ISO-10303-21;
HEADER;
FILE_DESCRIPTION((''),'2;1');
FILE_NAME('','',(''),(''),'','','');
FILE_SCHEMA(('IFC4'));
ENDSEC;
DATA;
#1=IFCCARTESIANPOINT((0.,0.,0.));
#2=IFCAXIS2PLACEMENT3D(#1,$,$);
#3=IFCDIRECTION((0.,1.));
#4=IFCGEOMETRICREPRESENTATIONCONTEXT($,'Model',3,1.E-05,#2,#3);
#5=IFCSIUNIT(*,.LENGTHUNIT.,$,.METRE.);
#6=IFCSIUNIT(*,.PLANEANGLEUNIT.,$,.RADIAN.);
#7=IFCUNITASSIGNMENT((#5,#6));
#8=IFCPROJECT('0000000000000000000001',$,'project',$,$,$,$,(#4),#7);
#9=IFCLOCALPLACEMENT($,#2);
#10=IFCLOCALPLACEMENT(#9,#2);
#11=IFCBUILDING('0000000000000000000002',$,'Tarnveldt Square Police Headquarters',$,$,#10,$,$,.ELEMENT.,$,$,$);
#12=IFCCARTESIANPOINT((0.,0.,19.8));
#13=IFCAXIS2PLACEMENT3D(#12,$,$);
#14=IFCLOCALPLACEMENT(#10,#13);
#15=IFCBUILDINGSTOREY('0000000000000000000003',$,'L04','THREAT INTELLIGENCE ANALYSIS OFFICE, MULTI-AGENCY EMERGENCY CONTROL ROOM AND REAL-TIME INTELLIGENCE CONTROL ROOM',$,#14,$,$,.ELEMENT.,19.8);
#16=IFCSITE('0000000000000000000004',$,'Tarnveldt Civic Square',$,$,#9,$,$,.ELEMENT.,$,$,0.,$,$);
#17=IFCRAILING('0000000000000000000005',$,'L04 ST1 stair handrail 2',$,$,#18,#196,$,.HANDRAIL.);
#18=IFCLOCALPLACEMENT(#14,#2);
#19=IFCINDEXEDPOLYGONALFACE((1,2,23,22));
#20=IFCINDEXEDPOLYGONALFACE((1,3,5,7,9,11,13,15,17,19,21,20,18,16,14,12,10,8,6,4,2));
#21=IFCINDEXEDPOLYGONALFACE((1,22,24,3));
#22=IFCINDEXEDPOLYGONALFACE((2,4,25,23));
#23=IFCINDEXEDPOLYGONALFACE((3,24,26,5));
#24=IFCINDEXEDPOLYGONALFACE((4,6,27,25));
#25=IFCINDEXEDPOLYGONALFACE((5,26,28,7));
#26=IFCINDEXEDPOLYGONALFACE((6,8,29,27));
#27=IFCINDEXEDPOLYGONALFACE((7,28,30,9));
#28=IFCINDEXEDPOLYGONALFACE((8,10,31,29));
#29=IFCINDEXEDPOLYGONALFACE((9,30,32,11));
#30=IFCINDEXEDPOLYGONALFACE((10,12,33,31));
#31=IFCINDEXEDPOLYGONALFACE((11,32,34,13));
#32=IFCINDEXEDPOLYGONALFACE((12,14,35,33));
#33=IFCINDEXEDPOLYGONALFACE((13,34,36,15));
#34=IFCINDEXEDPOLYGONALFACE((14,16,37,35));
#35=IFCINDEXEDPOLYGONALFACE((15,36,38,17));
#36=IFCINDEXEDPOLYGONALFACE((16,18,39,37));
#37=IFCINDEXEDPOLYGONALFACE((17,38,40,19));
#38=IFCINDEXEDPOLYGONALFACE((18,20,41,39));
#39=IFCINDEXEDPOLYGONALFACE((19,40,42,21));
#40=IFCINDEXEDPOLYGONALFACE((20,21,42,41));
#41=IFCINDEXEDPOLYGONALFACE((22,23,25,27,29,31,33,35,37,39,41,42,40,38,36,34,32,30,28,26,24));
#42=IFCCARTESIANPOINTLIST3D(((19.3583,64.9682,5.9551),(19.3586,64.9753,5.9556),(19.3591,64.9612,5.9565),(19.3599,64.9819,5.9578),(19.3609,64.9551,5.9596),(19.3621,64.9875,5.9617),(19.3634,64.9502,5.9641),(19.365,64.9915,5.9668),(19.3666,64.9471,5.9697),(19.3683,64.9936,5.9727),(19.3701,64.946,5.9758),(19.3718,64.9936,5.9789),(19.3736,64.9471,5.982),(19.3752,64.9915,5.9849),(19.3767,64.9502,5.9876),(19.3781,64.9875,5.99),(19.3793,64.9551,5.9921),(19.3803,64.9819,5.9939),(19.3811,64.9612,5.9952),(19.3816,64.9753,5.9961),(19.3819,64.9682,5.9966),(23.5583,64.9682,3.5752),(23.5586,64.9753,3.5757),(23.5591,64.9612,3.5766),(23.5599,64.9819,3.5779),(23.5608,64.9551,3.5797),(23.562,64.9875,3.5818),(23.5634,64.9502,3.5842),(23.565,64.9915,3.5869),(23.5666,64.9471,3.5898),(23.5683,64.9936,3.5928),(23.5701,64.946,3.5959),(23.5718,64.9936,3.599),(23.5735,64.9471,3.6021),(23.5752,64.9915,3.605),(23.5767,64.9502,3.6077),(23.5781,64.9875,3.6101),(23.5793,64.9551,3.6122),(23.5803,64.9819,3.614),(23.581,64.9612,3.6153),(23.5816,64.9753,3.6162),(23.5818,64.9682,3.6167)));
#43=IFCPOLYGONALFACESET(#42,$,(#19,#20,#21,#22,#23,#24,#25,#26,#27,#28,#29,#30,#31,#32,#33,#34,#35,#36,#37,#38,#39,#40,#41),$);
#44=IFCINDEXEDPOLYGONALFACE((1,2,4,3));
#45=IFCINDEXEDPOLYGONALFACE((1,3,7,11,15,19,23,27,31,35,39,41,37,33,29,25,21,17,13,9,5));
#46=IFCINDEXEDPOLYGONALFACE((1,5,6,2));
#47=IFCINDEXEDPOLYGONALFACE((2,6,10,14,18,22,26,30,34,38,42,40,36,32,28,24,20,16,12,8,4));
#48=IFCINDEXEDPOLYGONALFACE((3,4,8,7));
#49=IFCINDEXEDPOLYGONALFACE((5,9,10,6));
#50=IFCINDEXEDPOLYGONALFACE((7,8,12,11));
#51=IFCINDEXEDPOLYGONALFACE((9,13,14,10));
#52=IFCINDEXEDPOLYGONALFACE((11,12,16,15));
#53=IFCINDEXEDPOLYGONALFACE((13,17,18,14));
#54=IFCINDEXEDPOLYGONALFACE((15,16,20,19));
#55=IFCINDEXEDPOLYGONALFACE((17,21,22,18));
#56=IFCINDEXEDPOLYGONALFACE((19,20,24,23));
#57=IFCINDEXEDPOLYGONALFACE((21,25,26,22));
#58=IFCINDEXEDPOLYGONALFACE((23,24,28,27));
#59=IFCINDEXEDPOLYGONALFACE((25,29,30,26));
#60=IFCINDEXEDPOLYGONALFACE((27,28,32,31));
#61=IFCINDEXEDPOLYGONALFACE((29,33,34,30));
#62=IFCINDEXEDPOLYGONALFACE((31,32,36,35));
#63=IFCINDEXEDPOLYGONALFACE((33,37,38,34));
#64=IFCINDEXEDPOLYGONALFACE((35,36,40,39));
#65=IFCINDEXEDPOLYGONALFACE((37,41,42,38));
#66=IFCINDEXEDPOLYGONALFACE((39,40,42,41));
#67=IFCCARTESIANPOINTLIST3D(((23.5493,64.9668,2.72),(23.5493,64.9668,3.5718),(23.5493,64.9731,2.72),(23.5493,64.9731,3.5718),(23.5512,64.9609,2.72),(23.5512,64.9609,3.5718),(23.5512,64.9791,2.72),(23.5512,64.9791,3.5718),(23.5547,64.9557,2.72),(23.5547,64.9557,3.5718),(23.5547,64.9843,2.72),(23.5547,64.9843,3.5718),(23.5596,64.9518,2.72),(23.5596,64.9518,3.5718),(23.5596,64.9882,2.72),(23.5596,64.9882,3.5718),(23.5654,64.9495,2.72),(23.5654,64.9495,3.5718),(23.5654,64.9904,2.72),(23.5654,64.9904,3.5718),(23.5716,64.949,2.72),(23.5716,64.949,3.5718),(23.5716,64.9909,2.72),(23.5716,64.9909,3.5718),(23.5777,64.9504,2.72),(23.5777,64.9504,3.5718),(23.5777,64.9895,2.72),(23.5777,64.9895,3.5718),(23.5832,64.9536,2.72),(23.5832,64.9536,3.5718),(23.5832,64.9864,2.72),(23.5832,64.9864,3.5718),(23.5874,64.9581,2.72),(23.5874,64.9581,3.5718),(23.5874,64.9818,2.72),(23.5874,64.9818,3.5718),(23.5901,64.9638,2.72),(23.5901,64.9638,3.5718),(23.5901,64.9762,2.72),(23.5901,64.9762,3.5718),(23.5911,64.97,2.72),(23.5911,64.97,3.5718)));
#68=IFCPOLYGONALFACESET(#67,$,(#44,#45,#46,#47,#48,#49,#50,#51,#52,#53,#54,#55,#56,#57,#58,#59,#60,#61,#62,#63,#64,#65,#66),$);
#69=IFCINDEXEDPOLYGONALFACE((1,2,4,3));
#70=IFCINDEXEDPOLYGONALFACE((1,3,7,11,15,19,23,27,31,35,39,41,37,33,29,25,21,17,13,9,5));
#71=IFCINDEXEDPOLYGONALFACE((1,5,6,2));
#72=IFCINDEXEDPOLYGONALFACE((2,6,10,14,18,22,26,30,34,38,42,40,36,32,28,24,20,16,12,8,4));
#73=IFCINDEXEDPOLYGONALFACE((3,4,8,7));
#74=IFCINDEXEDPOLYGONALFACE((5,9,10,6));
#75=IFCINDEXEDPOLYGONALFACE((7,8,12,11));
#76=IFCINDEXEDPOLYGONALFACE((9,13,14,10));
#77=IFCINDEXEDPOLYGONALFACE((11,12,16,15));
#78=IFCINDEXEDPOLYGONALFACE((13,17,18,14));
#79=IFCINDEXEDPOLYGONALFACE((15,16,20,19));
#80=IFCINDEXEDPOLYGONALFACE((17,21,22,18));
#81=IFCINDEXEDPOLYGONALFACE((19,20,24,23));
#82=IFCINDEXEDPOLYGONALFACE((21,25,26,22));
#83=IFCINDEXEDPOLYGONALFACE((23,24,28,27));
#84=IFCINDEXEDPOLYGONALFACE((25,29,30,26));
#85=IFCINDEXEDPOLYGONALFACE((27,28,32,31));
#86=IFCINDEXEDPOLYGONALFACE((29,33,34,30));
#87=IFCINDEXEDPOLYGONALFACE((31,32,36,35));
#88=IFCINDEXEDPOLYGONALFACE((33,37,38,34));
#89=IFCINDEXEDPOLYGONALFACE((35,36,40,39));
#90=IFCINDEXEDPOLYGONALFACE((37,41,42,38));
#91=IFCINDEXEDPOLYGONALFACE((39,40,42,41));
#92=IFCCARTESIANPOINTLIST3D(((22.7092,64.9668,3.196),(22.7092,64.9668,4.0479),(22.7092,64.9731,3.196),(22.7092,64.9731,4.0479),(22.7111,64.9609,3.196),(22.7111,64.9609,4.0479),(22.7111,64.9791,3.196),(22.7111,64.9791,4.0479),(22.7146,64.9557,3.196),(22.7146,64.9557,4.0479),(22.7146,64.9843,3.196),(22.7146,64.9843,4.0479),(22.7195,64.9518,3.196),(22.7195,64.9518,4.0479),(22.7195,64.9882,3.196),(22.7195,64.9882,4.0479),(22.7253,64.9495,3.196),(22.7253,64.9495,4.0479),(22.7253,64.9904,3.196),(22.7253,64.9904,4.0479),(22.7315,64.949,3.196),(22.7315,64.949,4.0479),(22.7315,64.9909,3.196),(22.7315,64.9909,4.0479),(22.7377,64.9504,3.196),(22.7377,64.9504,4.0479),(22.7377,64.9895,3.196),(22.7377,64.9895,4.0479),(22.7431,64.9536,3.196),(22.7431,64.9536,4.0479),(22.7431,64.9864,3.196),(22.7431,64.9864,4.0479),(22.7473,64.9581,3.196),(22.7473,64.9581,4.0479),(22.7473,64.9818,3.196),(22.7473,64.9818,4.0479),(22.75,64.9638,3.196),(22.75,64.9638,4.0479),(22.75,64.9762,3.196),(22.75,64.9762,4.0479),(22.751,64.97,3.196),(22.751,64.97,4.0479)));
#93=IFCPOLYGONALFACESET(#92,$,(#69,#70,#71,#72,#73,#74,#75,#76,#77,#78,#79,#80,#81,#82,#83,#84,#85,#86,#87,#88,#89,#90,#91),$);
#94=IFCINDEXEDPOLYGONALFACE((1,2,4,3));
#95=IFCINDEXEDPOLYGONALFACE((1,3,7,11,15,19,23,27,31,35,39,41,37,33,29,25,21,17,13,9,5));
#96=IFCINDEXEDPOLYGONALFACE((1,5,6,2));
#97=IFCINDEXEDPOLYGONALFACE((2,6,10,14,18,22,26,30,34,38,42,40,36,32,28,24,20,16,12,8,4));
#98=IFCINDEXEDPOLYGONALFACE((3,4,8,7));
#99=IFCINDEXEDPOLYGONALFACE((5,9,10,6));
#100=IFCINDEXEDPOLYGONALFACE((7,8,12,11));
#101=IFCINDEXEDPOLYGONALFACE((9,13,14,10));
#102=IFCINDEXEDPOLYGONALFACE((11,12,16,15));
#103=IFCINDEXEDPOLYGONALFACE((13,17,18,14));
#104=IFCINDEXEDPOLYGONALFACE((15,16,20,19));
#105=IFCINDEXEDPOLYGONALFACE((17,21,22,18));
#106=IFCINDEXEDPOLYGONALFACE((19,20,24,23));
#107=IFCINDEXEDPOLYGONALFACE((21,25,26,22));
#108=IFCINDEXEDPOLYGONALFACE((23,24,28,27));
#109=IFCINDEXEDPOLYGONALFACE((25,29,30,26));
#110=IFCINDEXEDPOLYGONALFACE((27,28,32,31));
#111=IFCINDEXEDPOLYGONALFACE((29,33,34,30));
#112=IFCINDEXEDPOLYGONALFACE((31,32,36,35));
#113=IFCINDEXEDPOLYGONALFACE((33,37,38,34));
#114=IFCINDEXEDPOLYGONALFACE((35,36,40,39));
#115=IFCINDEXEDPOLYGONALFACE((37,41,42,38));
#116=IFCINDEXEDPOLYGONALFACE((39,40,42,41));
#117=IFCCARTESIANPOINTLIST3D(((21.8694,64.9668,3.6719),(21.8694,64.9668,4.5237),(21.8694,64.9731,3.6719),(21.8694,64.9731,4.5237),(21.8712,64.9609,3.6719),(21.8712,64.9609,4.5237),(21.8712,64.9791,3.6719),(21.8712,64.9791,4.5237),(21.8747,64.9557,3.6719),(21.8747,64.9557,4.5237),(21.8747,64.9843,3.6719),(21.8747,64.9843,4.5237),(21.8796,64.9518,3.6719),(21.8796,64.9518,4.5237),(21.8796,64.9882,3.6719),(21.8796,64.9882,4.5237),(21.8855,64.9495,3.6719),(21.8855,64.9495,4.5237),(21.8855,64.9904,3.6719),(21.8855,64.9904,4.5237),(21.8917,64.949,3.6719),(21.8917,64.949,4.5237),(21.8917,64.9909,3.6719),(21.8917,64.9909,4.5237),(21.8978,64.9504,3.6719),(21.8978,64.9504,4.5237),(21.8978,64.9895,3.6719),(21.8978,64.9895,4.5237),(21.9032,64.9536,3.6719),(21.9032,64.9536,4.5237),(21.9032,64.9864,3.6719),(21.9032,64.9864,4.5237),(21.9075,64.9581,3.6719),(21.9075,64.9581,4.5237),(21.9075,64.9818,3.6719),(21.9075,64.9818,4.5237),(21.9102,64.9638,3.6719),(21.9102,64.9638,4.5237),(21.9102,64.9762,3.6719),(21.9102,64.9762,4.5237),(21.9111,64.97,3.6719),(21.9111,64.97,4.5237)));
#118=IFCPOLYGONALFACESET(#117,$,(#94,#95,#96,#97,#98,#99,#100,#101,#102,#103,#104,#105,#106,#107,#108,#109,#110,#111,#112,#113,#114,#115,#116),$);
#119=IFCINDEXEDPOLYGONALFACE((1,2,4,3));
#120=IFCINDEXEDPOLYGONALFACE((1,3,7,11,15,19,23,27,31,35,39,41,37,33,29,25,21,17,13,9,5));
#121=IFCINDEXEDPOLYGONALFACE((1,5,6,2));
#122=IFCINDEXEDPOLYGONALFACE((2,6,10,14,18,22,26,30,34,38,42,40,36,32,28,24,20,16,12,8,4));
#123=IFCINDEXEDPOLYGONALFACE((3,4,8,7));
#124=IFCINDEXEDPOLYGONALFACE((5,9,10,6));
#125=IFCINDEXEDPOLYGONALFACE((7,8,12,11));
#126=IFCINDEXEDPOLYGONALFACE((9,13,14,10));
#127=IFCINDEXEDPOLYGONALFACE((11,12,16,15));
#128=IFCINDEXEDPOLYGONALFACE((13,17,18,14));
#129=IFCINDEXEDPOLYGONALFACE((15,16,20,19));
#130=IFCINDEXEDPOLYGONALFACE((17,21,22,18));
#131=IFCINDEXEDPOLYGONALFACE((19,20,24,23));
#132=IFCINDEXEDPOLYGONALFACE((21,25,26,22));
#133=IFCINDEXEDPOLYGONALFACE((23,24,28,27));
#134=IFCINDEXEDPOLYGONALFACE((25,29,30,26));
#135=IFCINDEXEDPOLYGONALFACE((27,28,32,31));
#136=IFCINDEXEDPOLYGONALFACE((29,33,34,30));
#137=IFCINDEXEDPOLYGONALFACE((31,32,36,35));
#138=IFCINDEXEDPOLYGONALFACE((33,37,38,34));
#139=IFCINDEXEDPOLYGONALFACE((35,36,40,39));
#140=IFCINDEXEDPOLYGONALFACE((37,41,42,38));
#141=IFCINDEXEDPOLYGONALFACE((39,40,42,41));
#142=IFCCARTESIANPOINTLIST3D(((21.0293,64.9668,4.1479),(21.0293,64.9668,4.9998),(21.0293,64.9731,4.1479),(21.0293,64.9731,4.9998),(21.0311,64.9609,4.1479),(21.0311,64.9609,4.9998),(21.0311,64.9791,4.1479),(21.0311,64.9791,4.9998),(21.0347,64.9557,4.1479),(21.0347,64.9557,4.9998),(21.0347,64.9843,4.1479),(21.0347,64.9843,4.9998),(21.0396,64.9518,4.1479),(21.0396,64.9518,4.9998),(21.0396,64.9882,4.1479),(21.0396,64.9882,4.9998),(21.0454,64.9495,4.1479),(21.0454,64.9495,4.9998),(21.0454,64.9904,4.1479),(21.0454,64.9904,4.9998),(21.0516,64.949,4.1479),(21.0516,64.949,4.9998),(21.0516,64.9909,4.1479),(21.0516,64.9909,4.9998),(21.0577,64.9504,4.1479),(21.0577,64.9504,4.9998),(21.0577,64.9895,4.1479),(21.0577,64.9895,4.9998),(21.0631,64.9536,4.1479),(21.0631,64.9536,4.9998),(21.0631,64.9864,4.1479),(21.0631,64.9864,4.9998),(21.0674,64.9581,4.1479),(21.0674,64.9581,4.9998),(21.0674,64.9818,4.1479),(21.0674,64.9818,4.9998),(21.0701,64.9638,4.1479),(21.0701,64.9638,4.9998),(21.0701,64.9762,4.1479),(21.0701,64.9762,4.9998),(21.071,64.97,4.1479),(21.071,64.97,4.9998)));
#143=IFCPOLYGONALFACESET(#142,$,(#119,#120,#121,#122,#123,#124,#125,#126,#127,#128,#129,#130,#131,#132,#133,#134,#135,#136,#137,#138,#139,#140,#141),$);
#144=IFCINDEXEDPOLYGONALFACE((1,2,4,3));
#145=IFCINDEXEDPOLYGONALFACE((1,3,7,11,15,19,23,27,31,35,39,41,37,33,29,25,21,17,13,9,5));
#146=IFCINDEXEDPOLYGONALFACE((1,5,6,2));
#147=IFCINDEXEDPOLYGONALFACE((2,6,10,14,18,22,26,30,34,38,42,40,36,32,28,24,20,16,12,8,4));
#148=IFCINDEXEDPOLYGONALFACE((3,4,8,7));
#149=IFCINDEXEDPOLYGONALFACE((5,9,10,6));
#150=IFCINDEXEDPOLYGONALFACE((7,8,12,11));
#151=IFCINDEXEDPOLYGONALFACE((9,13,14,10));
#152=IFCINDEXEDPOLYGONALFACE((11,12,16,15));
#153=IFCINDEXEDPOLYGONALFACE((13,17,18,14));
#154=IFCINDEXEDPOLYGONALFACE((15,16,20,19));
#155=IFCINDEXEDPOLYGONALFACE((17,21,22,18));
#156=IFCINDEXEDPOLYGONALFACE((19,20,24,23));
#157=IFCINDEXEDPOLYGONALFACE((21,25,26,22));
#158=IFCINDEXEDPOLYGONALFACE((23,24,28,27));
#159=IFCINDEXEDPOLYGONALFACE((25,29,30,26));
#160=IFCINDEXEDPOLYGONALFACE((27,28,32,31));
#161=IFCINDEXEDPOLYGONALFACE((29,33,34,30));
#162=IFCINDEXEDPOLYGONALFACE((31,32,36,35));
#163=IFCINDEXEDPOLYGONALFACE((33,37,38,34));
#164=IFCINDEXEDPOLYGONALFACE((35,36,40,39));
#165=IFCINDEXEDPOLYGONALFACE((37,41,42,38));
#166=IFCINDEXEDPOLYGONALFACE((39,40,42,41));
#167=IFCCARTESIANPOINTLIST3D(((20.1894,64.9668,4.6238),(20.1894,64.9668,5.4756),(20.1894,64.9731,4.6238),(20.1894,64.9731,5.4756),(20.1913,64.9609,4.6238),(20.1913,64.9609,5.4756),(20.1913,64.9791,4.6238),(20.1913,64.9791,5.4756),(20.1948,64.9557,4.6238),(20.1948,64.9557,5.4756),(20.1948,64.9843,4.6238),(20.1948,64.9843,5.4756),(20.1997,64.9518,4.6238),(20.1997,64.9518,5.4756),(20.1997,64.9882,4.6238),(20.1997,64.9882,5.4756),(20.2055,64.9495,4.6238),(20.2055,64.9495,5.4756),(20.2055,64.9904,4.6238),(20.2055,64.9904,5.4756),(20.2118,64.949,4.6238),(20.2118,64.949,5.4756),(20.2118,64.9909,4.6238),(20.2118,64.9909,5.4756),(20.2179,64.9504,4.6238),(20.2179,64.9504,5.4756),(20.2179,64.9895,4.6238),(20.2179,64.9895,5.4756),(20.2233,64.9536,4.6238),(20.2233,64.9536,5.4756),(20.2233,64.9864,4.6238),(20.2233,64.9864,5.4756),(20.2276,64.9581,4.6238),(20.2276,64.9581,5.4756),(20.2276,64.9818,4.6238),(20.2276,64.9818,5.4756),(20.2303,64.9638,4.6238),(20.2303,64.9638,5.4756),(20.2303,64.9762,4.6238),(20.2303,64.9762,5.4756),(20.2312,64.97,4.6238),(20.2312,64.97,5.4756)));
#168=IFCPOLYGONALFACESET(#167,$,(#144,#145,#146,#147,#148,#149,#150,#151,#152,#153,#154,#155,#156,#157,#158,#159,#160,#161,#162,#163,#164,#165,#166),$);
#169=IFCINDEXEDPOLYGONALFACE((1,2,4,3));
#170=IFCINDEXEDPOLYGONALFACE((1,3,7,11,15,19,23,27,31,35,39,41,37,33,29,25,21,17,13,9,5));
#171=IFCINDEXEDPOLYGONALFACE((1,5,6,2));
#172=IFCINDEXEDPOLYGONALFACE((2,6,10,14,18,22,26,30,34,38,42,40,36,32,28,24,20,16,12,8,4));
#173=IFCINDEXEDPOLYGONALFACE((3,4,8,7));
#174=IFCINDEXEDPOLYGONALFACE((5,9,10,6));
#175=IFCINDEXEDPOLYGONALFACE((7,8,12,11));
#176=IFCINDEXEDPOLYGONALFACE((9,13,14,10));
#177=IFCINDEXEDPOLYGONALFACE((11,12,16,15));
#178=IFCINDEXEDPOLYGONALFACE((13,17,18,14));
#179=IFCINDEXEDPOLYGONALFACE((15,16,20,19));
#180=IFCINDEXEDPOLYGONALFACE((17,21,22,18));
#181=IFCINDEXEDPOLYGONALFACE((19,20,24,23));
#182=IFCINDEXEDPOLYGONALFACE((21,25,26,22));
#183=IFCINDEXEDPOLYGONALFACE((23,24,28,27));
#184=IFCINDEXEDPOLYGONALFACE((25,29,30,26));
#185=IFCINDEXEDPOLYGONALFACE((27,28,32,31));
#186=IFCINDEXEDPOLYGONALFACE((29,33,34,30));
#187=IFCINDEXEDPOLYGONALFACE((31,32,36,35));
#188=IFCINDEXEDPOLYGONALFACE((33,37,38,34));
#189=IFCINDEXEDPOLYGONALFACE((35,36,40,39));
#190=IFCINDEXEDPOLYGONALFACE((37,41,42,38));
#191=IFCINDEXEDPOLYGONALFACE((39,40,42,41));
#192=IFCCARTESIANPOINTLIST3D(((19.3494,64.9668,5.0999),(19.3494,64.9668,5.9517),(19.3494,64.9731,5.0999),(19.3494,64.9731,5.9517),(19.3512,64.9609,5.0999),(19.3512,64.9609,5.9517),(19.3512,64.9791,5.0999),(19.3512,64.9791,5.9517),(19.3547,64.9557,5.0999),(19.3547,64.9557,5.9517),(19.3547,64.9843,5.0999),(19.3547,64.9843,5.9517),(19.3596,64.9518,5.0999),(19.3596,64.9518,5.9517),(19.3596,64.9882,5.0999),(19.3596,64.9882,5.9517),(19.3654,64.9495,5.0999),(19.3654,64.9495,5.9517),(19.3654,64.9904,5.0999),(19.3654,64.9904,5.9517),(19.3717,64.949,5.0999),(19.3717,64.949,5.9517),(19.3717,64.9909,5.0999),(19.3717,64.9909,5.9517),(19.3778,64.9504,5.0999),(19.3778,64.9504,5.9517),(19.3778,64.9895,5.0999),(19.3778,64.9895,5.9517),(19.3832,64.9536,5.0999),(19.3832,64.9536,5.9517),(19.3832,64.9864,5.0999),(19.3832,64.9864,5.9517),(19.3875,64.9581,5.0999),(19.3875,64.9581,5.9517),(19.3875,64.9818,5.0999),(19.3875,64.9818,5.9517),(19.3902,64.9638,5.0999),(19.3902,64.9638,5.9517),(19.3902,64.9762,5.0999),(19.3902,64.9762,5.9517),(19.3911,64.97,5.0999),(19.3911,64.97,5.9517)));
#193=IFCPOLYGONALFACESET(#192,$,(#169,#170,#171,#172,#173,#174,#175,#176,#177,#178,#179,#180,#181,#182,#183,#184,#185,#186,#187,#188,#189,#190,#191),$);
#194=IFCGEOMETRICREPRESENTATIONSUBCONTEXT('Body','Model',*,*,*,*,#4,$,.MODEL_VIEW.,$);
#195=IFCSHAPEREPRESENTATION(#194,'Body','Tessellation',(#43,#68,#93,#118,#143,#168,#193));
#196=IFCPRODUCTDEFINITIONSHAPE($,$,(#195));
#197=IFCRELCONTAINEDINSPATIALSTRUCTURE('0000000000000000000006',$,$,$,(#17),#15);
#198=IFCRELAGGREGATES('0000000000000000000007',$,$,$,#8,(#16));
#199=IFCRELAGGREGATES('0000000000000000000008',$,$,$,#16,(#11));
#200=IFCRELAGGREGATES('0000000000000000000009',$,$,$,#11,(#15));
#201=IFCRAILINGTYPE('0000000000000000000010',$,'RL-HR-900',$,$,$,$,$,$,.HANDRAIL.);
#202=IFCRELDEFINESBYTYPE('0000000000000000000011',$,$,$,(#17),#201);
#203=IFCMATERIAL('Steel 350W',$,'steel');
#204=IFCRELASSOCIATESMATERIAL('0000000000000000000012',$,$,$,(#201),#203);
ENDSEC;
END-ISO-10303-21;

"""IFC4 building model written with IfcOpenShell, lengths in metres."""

from ifc_helpers import new_model, si_unit, direction, frame, origin, origin_2d, place, context, subcontext, project, spatial, circle, extrude, material, type_object, element, save


model = new_model("IFC4")

# Units and contexts
model_context = context("Model", 3, precision=1e-05, world=origin(), true_north=direction((0.0, 1.0)))
body_context = subcontext(model_context, "Body", "Model", "MODEL_VIEW")
ifc_project = project(units=[si_unit("LENGTHUNIT", "METRE"), si_unit("PLANEANGLEUNIT", "RADIAN")], contexts=[model_context])

# Site, building, storey
site_placement = place(None, origin())
site = spatial("IfcSite", under=ifc_project, at=site_placement, Name="Tarnveldt Civic Square", CompositionType="ELEMENT", RefElevation=0.0)
building_placement = place(site_placement, origin())
building = spatial("IfcBuilding", under=site, at=building_placement, Name="Tarnveldt Square Police Headquarters", CompositionType="ELEMENT")
storey_placement = place(building_placement, frame((0.0, 0.0, 19.8)))
storey = spatial("IfcBuildingStorey", under=building, at=storey_placement, Name="L04", Description="THREAT INTELLIGENCE ANALYSIS OFFICE, MULTI-AGENCY EMERGENCY CONTROL ROOM AND REAL-TIME INTELLIGENCE CONTROL ROOM", CompositionType="ELEMENT", Elevation=19.8)

# Shared definitions
ifc_material_1 = material(Name="Steel 350W", Category="steel")

# Railing
railing_type_1 = type_object("IfcRailingType", Name="RL-HR-900", PredefinedType="HANDRAIL", material=ifc_material_1)
railing_1_placement = place(storey_placement, frame((23.5701, 64.97, 2.72)))
element("IfcRailing", 1, at=railing_1_placement, inside=storey, type_object=railing_type_1, Name="L04 ST1 stair handrail 2", PredefinedType="HANDRAIL", context=body_context, shape_type="SweptSolid", body=[
    extrude(circle(Radius=0.0239, at=origin_2d()), frame((0.0, 0.0, 0.876), z_axis=(-0.87003, 0.0, 0.492999), x_axis=(0.0, -1.0, 0.0)), (0.0, 0.0, 1.0), 4.8274),
    extrude(circle(Radius=0.021, at=origin_2d()), origin(), (0.0, 0.0, 1.0), 0.8518),
    extrude(circle(Radius=0.021, at=origin_2d()), frame((-0.8401, 0.0, 0.4761)), (0.0, 0.0, 1.0), 0.8518),
    extrude(circle(Radius=0.021, at=origin_2d()), frame((-1.6799, 0.0, 0.9519)), (0.0, 0.0, 1.0), 0.8518),
    extrude(circle(Radius=0.021, at=origin_2d()), frame((-2.52, 0.0, 1.428)), (0.0, 0.0, 1.0), 0.8518),
    extrude(circle(Radius=0.021, at=origin_2d()), frame((-3.3599, 0.0, 1.9038)), (0.0, 0.0, 1.0), 0.8518),
    extrude(circle(Radius=0.021, at=origin_2d()), frame((-4.2, 0.0, 2.3799)), (0.0, 0.0, 1.0), 0.8518),
])

save(model, "model.ifc")
